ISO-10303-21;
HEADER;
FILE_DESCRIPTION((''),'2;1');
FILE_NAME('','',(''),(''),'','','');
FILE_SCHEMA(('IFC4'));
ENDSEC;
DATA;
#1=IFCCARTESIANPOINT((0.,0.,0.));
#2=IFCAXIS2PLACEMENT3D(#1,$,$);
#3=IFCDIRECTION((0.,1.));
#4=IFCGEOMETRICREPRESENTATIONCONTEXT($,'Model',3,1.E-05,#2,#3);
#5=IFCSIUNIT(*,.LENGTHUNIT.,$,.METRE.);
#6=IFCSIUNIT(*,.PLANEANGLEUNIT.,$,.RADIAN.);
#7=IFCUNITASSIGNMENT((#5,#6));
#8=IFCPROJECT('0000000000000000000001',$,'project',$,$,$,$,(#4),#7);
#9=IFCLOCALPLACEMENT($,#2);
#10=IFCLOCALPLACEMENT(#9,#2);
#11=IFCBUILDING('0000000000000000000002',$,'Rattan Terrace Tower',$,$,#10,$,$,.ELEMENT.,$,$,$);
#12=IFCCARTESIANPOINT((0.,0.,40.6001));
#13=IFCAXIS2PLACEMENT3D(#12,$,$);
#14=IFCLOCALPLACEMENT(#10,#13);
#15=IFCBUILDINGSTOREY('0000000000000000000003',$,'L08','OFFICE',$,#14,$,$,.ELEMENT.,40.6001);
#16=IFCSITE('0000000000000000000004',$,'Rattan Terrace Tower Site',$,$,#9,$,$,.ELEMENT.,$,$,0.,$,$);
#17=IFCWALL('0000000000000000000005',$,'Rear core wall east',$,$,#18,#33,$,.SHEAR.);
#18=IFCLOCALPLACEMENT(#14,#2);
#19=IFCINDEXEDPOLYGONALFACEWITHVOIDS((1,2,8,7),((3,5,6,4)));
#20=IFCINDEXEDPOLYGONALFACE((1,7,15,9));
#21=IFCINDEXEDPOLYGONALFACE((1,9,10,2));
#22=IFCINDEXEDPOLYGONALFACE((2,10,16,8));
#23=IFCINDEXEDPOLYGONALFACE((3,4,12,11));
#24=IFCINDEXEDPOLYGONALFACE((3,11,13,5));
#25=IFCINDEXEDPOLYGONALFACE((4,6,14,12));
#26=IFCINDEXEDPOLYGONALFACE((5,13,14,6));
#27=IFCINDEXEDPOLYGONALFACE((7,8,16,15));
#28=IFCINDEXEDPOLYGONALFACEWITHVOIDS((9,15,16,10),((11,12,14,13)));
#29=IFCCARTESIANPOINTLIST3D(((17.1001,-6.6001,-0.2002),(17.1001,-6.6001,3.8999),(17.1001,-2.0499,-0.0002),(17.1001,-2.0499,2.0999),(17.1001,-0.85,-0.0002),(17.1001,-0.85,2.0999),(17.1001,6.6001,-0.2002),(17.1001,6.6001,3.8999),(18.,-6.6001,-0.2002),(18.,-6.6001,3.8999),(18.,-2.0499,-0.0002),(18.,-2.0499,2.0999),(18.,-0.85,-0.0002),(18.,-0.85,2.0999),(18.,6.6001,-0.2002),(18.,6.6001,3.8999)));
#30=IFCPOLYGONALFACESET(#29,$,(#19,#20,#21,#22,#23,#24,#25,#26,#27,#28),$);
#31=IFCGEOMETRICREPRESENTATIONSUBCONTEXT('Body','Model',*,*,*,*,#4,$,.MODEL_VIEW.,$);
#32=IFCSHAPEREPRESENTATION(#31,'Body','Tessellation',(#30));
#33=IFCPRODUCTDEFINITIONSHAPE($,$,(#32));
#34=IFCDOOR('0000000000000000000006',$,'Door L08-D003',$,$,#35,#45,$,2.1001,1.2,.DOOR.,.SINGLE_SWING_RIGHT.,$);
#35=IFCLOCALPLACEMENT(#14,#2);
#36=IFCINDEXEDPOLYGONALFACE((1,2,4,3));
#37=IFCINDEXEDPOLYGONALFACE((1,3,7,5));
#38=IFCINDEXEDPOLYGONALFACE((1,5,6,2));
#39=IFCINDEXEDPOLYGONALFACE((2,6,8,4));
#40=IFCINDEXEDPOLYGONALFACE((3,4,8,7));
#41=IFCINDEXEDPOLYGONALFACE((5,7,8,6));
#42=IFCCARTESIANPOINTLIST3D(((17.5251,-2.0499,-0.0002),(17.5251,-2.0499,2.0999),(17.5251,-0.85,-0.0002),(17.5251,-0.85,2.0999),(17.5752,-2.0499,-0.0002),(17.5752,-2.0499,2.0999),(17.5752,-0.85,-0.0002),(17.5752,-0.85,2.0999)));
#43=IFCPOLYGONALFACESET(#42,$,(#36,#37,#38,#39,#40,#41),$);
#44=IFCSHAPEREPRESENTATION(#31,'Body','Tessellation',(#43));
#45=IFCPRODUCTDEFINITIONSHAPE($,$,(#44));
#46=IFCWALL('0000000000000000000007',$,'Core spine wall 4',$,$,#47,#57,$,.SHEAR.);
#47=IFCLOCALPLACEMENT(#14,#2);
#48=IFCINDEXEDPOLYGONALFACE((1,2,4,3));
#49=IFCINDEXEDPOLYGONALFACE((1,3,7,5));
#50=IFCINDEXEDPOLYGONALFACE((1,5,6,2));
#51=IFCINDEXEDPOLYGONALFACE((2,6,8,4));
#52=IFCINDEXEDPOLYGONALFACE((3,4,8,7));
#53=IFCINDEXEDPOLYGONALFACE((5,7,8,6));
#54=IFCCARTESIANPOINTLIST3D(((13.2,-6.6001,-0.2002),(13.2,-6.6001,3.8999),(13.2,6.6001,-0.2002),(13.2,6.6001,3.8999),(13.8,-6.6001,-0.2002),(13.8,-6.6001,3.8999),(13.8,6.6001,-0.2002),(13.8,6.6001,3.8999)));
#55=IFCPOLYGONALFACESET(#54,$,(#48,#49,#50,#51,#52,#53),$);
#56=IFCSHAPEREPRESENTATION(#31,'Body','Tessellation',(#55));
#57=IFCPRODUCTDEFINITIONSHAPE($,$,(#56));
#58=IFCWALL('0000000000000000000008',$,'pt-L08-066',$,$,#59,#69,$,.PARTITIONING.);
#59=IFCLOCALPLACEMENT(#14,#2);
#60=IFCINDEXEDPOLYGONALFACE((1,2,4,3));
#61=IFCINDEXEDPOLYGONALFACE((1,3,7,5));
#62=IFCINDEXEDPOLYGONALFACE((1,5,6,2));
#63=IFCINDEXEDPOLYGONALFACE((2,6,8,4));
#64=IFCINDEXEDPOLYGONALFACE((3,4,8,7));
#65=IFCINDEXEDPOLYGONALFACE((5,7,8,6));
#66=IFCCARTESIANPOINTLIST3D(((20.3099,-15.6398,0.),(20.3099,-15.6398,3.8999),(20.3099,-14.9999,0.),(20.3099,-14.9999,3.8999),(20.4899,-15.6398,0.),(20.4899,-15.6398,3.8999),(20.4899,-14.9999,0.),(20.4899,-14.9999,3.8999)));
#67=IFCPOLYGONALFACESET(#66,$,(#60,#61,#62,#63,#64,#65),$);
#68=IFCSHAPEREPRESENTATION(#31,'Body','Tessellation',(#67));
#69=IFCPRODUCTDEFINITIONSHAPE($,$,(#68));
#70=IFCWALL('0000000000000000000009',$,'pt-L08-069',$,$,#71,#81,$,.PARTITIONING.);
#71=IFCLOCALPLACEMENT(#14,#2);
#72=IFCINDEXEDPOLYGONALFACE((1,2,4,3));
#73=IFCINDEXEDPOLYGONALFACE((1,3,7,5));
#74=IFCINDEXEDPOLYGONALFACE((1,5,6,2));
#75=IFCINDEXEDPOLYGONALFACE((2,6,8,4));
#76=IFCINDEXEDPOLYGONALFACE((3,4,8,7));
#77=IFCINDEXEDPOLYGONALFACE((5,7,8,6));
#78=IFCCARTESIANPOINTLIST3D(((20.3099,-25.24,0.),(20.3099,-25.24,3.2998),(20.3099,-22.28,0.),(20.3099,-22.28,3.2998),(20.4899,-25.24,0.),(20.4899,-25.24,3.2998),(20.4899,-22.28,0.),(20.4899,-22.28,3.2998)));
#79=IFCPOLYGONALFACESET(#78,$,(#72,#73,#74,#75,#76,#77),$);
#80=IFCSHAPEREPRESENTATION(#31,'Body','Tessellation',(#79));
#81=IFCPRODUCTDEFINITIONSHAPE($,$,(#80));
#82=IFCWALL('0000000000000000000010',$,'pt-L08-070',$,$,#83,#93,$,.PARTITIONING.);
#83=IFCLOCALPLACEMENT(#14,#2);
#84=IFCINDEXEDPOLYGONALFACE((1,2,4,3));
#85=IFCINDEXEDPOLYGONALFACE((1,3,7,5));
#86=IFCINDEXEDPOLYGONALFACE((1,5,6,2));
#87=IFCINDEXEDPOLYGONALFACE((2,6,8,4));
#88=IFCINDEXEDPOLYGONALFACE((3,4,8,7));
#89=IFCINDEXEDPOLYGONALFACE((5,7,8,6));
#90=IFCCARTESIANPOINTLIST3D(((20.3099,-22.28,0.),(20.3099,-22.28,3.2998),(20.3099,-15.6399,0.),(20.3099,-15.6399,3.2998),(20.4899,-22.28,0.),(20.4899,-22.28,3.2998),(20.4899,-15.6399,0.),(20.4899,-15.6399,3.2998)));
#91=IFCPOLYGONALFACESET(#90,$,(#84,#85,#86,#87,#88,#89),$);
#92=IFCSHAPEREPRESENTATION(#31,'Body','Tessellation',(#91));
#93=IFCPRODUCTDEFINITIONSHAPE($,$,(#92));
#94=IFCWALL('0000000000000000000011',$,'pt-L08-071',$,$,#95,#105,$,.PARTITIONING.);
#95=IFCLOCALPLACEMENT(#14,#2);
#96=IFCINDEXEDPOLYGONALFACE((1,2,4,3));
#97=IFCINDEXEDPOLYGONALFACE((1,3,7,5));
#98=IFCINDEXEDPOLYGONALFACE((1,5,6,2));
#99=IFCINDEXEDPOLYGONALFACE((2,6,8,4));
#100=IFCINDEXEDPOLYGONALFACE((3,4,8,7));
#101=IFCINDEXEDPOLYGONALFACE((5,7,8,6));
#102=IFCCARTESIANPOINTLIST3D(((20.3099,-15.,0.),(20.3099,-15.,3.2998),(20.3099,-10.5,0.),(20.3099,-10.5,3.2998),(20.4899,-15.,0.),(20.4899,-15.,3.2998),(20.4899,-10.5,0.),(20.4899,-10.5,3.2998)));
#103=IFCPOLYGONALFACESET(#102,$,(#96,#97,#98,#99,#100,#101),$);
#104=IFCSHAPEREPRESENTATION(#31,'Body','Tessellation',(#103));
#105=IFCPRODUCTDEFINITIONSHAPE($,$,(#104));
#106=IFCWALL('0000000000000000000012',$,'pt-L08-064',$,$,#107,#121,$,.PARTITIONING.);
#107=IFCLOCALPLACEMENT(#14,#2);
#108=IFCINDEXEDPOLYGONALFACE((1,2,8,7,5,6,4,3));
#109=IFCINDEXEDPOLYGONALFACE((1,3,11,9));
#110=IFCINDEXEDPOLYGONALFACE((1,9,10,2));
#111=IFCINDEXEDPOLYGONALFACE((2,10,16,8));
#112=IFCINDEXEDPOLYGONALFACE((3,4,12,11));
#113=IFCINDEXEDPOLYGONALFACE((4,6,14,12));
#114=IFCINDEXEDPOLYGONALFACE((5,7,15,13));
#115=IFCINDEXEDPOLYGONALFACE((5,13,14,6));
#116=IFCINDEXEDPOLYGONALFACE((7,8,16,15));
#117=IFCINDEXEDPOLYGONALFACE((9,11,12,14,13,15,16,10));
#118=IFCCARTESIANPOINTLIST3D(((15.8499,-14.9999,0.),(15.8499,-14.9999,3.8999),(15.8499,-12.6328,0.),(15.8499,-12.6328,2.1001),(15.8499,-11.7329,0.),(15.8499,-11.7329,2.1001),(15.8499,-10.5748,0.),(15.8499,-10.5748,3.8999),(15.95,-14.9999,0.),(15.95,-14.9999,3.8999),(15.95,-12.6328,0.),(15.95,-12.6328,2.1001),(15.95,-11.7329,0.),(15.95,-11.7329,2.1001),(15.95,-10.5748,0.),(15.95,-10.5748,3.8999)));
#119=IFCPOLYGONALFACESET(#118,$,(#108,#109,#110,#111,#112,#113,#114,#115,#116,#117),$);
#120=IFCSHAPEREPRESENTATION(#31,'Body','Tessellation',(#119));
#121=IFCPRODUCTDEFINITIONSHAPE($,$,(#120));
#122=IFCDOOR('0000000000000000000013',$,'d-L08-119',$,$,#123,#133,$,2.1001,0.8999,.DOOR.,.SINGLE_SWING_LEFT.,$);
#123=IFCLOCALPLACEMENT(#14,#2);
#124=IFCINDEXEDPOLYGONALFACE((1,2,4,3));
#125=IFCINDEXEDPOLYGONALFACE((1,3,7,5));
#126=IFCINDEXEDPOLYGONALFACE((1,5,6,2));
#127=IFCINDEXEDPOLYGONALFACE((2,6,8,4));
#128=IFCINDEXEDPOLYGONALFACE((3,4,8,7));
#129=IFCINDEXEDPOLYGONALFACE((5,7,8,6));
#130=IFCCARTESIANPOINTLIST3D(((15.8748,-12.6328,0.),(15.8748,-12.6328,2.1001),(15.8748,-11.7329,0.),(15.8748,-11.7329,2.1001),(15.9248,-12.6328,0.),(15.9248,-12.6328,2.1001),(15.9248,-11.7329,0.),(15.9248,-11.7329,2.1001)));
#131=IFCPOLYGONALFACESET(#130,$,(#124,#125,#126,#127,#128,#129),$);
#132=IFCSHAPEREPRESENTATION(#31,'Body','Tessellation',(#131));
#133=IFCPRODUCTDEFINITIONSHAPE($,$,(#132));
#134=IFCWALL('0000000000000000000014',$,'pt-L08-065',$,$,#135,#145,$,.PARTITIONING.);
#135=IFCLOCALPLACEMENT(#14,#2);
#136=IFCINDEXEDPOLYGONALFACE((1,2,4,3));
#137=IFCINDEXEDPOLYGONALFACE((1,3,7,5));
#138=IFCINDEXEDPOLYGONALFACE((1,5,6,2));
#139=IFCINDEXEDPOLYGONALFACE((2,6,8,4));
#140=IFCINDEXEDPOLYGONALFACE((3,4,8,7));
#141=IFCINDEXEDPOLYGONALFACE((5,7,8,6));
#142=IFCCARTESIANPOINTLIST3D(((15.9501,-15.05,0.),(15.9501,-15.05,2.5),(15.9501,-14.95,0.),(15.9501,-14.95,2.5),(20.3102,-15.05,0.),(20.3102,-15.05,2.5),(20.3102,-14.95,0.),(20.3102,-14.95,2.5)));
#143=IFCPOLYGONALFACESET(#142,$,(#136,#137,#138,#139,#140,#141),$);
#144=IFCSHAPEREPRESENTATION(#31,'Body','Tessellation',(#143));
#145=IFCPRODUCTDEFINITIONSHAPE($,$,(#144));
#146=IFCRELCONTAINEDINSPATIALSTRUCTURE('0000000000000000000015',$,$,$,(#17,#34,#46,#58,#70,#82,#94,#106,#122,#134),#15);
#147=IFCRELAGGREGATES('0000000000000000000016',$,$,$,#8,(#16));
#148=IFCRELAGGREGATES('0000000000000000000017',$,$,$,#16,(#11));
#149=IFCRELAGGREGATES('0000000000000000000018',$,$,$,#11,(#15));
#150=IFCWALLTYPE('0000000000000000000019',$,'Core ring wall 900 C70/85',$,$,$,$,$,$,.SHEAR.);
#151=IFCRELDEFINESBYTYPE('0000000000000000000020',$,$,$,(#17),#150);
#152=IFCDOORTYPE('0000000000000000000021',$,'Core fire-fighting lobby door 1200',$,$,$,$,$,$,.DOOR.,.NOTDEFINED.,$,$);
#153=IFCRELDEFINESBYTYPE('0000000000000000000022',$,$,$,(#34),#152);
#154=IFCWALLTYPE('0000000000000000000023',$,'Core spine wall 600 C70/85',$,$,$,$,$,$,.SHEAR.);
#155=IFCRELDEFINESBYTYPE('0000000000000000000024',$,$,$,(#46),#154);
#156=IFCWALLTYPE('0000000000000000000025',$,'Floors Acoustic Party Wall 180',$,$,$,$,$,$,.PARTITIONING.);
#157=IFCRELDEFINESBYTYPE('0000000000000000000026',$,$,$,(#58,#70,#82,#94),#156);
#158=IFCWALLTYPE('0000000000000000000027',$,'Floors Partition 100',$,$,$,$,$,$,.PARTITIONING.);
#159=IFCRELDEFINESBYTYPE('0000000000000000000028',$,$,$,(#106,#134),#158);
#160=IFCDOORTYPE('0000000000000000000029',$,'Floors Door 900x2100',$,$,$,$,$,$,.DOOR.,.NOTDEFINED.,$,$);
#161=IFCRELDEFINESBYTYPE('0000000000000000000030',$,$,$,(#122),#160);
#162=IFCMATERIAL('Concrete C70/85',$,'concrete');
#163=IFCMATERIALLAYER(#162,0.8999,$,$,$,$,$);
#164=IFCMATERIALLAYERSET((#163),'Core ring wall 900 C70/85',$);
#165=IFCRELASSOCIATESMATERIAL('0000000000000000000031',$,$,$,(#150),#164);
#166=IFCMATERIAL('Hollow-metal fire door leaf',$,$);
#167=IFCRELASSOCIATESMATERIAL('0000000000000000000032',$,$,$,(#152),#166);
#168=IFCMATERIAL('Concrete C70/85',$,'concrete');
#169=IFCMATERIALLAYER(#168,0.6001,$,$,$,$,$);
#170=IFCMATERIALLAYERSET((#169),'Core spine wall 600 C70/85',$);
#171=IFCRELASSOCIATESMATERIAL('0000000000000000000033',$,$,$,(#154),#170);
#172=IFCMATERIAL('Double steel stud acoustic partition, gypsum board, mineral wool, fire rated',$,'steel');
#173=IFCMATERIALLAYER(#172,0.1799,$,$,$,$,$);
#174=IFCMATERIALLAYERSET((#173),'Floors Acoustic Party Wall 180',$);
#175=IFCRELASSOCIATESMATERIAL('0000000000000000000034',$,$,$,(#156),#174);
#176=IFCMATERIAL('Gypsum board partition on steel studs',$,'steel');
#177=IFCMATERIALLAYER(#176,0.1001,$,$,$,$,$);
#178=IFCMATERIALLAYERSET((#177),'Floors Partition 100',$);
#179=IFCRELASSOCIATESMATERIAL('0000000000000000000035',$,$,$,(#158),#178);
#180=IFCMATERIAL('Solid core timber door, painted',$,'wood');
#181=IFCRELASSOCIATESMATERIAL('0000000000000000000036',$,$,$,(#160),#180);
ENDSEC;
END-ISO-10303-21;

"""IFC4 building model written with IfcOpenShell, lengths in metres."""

from ifc_helpers import new_model, si_unit, direction, frame, frame_2d, origin, place, context, subcontext, project, spatial, rectangle, extrude, material, layer, layer_set, type_object, element, fill, save


model = new_model("IFC4")

# Units and contexts
model_context = context("Model", 3, precision=1e-05, world=origin(), true_north=direction((0.0, 1.0)))
body_context = subcontext(model_context, "Body", "Model", "MODEL_VIEW")
ifc_project = project(units=[si_unit("LENGTHUNIT", "METRE"), si_unit("PLANEANGLEUNIT", "RADIAN")], contexts=[model_context])

# Site, building, storey
site_placement = place(None, origin())
site = spatial("IfcSite", under=ifc_project, at=site_placement, Name="Rattan Terrace Tower Site", CompositionType="ELEMENT", RefElevation=0.0)
building_placement = place(site_placement, origin())
building = spatial("IfcBuilding", under=site, at=building_placement, Name="Rattan Terrace Tower", CompositionType="ELEMENT")
storey_placement = place(building_placement, frame((0.0, 0.0, 40.6001)))
storey = spatial("IfcBuildingStorey", under=building, at=storey_placement, Name="L08", Description="OFFICE", CompositionType="ELEMENT", Elevation=40.6001)

# Wall, opening, door
ifc_material_1 = material(Name="Concrete C70/85", Category="concrete")
ifc_layer_1 = layer(ifc_material_1, 0.8999)
ifc_layer_set_1 = layer_set([ifc_layer_1], Name="Core ring wall 900 C70/85")
wall_type_1 = type_object("IfcWallType", Name="Core ring wall 900 C70/85", PredefinedType="SHEAR", material=ifc_layer_set_1)
wall_1_placement = place(storey_placement, frame((17.55, -6.6001, -0.2002), z_axis=(0.0, 0.0, 1.0), x_axis=(0.0, 1.0, 0.0)))
wall_1 = element("IfcWall", 1, at=wall_1_placement, inside=storey, type_object=wall_type_1, Name="Rear core wall east", PredefinedType="SHEAR", context=body_context, shape_type="SweptSolid", body=[
    extrude(rectangle(XDim=13.2002, YDim=0.8999, at=frame_2d((6.6001, 0.0))), origin(), (0.0, 0.0, 1.0), 4.1001),
])
opening_1_placement = place(wall_1_placement, frame((4.55, 0.0, 0.2)))
opening_1 = element("IfcOpeningElement", 2, at=opening_1_placement, cuts=wall_1, PredefinedType="OPENING", context=body_context, shape_type="SweptSolid", body=[
    extrude(rectangle(XDim=1.2, YDim=2.1001, at=frame_2d((0.6001, 1.05))), frame((0.0, 0.4604, 0.0), z_axis=(0.0, -1.0, 0.0), x_axis=(1.0, 0.0, 0.0)), (0.0, 0.0, 1.0), 0.9209),
])
ifc_material_2 = material(Name="Hollow-metal fire door leaf")
door_type_1 = type_object("IfcDoorType", Name="Core fire-fighting lobby door 1200", OperationType="NOTDEFINED", PredefinedType="DOOR", material=ifc_material_2)
door_1_placement = place(opening_1_placement, origin())
door_1 = element("IfcDoor", 3, at=door_1_placement, inside=storey, type_object=door_type_1, Name="Door L08-D003", OperationType="SINGLE_SWING_RIGHT", OverallHeight=2.1001, OverallWidth=1.2, PredefinedType="DOOR", context=body_context, shape_type="SweptSolid", body=[
    extrude(rectangle(XDim=1.2, YDim=2.1001, at=frame_2d((0.6001, 1.05))), frame((0.0, 0.0249, 0.0), z_axis=(0.0, -1.0, 0.0), x_axis=(1.0, 0.0, 0.0)), (0.0, 0.0, 1.0), 0.05),
])
fill(opening_1, door_1)

# Walls
ifc_material_3 = material(Name="Concrete C70/85", Category="concrete")
ifc_layer_2 = layer(ifc_material_3, 0.6001)
ifc_layer_set_2 = layer_set([ifc_layer_2], Name="Core spine wall 600 C70/85")
wall_type_2 = type_object("IfcWallType", Name="Core spine wall 600 C70/85", PredefinedType="SHEAR", material=ifc_layer_set_2)
wall_2_placement = place(storey_placement, frame((13.5, -6.6001, -0.2002), z_axis=(0.0, 0.0, 1.0), x_axis=(0.0, 1.0, 0.0)))
element("IfcWall", 4, at=wall_2_placement, inside=storey, type_object=wall_type_2, Name="Core spine wall 4", PredefinedType="SHEAR", context=body_context, shape_type="SweptSolid", body=[
    extrude(rectangle(XDim=13.2002, YDim=0.6001, at=frame_2d((6.6001, 0.0))), origin(), (0.0, 0.0, 1.0), 4.1001),
])
ifc_material_4 = material(Name="Double steel stud acoustic partition, gypsum board, mineral wool, fire rated", Category="steel")
ifc_layer_3 = layer(ifc_material_4, 0.1799)
ifc_layer_set_3 = layer_set([ifc_layer_3], Name="Floors Acoustic Party Wall 180")
wall_type_3 = type_object("IfcWallType", Name="Floors Acoustic Party Wall 180", PredefinedType="PARTITIONING", material=ifc_layer_set_3)
wall_3_placement = place(storey_placement, frame((20.3999, -15.0, 0.0), z_axis=(0.0, 0.0, 1.0), x_axis=(0.0, -1.0, 0.0)))
element("IfcWall", 5, at=wall_3_placement, inside=storey, type_object=wall_type_3, Name="pt-L08-066", PredefinedType="PARTITIONING", context=body_context, shape_type="SweptSolid", body=[
    extrude(rectangle(XDim=0.6399, YDim=0.1799, at=frame_2d((0.3198, 0.0))), origin(), (0.0, 0.0, 1.0), 3.8999),
])
wall_4_placement = place(storey_placement, frame((20.3999, -22.28, 0.0), z_axis=(0.0, 0.0, 1.0), x_axis=(0.0, -1.0, 0.0)))
element("IfcWall", 6, at=wall_4_placement, inside=storey, type_object=wall_type_3, Name="pt-L08-069", PredefinedType="PARTITIONING", context=body_context, shape_type="SweptSolid", body=[
    extrude(rectangle(XDim=2.96, YDim=0.1799, at=frame_2d((1.48, 0.0))), origin(), (0.0, 0.0, 1.0), 3.2998),
])
wall_5_placement = place(storey_placement, frame((20.3999, -15.6399, 0.0), z_axis=(0.0, 0.0, 1.0), x_axis=(0.0, -1.0, 0.0)))
element("IfcWall", 7, at=wall_5_placement, inside=storey, type_object=wall_type_3, Name="pt-L08-070", PredefinedType="PARTITIONING", context=body_context, shape_type="SweptSolid", body=[
    extrude(rectangle(XDim=6.6401, YDim=0.1799, at=frame_2d((3.3201, 0.0))), origin(), (0.0, 0.0, 1.0), 3.2998),
])
wall_6_placement = place(storey_placement, frame((20.3999, -10.5, 0.0), z_axis=(0.0, 0.0, 1.0), x_axis=(0.0, -1.0, 0.0)))
element("IfcWall", 8, at=wall_6_placement, inside=storey, type_object=wall_type_3, Name="pt-L08-071", PredefinedType="PARTITIONING", context=body_context, shape_type="SweptSolid", body=[
    extrude(rectangle(XDim=4.5, YDim=0.1799, at=frame_2d((2.25, 0.0))), origin(), (0.0, 0.0, 1.0), 3.2998),
])

# Wall, opening, door
ifc_material_5 = material(Name="Gypsum board partition on steel studs", Category="steel")
ifc_layer_4 = layer(ifc_material_5, 0.1001)
ifc_layer_set_4 = layer_set([ifc_layer_4], Name="Floors Partition 100")
wall_type_4 = type_object("IfcWallType", Name="Floors Partition 100", PredefinedType="PARTITIONING", material=ifc_layer_set_4)
wall_7_placement = place(storey_placement, frame((15.8999, -10.575, 0.0), z_axis=(0.0, 0.0, 1.0), x_axis=(0.0, -1.0, 0.0)))
wall_7 = element("IfcWall", 9, at=wall_7_placement, inside=storey, type_object=wall_type_4, Name="pt-L08-064", PredefinedType="PARTITIONING", context=body_context, shape_type="SweptSolid", body=[
    extrude(rectangle(XDim=4.425, YDim=0.1001, at=frame_2d((2.2124, 0.0))), origin(), (0.0, 0.0, 1.0), 3.8999),
])
opening_2_placement = place(wall_7_placement, frame((1.158, 0.0, 0.0)))
opening_2 = element("IfcOpeningElement", 10, at=opening_2_placement, cuts=wall_7, PredefinedType="OPENING", context=body_context, shape_type="SweptSolid", body=[
    extrude(rectangle(XDim=0.8999, YDim=2.1001, at=frame_2d((0.45, 1.05))), frame((0.0, 0.0605, 0.0), z_axis=(0.0, -1.0, 0.0), x_axis=(1.0, 0.0, 0.0)), (0.0, 0.0, 1.0), 0.1211),
])
ifc_material_6 = material(Name="Solid core timber door, painted", Category="wood")
door_type_2 = type_object("IfcDoorType", Name="Floors Door 900x2100", OperationType="NOTDEFINED", PredefinedType="DOOR", material=ifc_material_6)
door_2_placement = place(opening_2_placement, origin())
door_2 = element("IfcDoor", 11, at=door_2_placement, inside=storey, type_object=door_type_2, Name="d-L08-119", OperationType="SINGLE_SWING_LEFT", OverallHeight=2.1001, OverallWidth=0.8999, PredefinedType="DOOR", context=body_context, shape_type="SweptSolid", body=[
    extrude(rectangle(XDim=0.8999, YDim=2.1001, at=frame_2d((0.45, 1.05))), frame((0.0, 0.0249, 0.0), z_axis=(0.0, -1.0, 0.0), x_axis=(1.0, 0.0, 0.0)), (0.0, 0.0, 1.0), 0.05),
])
fill(opening_2, door_2)

# Wall
wall_8_placement = place(storey_placement, frame((15.95, -15.0, 0.0), z_axis=(0.0, 0.0, 1.0), x_axis=(1.0, 0.0, 0.0)))
element("IfcWall", 12, at=wall_8_placement, inside=storey, type_object=wall_type_4, Name="pt-L08-065", PredefinedType="PARTITIONING", context=body_context, shape_type="SweptSolid", body=[
    extrude(rectangle(XDim=4.3601, YDim=0.1001, at=frame_2d((2.1802, 0.0))), origin(), (0.0, 0.0, 1.0), 2.5),
])

save(model, "model.ifc")
